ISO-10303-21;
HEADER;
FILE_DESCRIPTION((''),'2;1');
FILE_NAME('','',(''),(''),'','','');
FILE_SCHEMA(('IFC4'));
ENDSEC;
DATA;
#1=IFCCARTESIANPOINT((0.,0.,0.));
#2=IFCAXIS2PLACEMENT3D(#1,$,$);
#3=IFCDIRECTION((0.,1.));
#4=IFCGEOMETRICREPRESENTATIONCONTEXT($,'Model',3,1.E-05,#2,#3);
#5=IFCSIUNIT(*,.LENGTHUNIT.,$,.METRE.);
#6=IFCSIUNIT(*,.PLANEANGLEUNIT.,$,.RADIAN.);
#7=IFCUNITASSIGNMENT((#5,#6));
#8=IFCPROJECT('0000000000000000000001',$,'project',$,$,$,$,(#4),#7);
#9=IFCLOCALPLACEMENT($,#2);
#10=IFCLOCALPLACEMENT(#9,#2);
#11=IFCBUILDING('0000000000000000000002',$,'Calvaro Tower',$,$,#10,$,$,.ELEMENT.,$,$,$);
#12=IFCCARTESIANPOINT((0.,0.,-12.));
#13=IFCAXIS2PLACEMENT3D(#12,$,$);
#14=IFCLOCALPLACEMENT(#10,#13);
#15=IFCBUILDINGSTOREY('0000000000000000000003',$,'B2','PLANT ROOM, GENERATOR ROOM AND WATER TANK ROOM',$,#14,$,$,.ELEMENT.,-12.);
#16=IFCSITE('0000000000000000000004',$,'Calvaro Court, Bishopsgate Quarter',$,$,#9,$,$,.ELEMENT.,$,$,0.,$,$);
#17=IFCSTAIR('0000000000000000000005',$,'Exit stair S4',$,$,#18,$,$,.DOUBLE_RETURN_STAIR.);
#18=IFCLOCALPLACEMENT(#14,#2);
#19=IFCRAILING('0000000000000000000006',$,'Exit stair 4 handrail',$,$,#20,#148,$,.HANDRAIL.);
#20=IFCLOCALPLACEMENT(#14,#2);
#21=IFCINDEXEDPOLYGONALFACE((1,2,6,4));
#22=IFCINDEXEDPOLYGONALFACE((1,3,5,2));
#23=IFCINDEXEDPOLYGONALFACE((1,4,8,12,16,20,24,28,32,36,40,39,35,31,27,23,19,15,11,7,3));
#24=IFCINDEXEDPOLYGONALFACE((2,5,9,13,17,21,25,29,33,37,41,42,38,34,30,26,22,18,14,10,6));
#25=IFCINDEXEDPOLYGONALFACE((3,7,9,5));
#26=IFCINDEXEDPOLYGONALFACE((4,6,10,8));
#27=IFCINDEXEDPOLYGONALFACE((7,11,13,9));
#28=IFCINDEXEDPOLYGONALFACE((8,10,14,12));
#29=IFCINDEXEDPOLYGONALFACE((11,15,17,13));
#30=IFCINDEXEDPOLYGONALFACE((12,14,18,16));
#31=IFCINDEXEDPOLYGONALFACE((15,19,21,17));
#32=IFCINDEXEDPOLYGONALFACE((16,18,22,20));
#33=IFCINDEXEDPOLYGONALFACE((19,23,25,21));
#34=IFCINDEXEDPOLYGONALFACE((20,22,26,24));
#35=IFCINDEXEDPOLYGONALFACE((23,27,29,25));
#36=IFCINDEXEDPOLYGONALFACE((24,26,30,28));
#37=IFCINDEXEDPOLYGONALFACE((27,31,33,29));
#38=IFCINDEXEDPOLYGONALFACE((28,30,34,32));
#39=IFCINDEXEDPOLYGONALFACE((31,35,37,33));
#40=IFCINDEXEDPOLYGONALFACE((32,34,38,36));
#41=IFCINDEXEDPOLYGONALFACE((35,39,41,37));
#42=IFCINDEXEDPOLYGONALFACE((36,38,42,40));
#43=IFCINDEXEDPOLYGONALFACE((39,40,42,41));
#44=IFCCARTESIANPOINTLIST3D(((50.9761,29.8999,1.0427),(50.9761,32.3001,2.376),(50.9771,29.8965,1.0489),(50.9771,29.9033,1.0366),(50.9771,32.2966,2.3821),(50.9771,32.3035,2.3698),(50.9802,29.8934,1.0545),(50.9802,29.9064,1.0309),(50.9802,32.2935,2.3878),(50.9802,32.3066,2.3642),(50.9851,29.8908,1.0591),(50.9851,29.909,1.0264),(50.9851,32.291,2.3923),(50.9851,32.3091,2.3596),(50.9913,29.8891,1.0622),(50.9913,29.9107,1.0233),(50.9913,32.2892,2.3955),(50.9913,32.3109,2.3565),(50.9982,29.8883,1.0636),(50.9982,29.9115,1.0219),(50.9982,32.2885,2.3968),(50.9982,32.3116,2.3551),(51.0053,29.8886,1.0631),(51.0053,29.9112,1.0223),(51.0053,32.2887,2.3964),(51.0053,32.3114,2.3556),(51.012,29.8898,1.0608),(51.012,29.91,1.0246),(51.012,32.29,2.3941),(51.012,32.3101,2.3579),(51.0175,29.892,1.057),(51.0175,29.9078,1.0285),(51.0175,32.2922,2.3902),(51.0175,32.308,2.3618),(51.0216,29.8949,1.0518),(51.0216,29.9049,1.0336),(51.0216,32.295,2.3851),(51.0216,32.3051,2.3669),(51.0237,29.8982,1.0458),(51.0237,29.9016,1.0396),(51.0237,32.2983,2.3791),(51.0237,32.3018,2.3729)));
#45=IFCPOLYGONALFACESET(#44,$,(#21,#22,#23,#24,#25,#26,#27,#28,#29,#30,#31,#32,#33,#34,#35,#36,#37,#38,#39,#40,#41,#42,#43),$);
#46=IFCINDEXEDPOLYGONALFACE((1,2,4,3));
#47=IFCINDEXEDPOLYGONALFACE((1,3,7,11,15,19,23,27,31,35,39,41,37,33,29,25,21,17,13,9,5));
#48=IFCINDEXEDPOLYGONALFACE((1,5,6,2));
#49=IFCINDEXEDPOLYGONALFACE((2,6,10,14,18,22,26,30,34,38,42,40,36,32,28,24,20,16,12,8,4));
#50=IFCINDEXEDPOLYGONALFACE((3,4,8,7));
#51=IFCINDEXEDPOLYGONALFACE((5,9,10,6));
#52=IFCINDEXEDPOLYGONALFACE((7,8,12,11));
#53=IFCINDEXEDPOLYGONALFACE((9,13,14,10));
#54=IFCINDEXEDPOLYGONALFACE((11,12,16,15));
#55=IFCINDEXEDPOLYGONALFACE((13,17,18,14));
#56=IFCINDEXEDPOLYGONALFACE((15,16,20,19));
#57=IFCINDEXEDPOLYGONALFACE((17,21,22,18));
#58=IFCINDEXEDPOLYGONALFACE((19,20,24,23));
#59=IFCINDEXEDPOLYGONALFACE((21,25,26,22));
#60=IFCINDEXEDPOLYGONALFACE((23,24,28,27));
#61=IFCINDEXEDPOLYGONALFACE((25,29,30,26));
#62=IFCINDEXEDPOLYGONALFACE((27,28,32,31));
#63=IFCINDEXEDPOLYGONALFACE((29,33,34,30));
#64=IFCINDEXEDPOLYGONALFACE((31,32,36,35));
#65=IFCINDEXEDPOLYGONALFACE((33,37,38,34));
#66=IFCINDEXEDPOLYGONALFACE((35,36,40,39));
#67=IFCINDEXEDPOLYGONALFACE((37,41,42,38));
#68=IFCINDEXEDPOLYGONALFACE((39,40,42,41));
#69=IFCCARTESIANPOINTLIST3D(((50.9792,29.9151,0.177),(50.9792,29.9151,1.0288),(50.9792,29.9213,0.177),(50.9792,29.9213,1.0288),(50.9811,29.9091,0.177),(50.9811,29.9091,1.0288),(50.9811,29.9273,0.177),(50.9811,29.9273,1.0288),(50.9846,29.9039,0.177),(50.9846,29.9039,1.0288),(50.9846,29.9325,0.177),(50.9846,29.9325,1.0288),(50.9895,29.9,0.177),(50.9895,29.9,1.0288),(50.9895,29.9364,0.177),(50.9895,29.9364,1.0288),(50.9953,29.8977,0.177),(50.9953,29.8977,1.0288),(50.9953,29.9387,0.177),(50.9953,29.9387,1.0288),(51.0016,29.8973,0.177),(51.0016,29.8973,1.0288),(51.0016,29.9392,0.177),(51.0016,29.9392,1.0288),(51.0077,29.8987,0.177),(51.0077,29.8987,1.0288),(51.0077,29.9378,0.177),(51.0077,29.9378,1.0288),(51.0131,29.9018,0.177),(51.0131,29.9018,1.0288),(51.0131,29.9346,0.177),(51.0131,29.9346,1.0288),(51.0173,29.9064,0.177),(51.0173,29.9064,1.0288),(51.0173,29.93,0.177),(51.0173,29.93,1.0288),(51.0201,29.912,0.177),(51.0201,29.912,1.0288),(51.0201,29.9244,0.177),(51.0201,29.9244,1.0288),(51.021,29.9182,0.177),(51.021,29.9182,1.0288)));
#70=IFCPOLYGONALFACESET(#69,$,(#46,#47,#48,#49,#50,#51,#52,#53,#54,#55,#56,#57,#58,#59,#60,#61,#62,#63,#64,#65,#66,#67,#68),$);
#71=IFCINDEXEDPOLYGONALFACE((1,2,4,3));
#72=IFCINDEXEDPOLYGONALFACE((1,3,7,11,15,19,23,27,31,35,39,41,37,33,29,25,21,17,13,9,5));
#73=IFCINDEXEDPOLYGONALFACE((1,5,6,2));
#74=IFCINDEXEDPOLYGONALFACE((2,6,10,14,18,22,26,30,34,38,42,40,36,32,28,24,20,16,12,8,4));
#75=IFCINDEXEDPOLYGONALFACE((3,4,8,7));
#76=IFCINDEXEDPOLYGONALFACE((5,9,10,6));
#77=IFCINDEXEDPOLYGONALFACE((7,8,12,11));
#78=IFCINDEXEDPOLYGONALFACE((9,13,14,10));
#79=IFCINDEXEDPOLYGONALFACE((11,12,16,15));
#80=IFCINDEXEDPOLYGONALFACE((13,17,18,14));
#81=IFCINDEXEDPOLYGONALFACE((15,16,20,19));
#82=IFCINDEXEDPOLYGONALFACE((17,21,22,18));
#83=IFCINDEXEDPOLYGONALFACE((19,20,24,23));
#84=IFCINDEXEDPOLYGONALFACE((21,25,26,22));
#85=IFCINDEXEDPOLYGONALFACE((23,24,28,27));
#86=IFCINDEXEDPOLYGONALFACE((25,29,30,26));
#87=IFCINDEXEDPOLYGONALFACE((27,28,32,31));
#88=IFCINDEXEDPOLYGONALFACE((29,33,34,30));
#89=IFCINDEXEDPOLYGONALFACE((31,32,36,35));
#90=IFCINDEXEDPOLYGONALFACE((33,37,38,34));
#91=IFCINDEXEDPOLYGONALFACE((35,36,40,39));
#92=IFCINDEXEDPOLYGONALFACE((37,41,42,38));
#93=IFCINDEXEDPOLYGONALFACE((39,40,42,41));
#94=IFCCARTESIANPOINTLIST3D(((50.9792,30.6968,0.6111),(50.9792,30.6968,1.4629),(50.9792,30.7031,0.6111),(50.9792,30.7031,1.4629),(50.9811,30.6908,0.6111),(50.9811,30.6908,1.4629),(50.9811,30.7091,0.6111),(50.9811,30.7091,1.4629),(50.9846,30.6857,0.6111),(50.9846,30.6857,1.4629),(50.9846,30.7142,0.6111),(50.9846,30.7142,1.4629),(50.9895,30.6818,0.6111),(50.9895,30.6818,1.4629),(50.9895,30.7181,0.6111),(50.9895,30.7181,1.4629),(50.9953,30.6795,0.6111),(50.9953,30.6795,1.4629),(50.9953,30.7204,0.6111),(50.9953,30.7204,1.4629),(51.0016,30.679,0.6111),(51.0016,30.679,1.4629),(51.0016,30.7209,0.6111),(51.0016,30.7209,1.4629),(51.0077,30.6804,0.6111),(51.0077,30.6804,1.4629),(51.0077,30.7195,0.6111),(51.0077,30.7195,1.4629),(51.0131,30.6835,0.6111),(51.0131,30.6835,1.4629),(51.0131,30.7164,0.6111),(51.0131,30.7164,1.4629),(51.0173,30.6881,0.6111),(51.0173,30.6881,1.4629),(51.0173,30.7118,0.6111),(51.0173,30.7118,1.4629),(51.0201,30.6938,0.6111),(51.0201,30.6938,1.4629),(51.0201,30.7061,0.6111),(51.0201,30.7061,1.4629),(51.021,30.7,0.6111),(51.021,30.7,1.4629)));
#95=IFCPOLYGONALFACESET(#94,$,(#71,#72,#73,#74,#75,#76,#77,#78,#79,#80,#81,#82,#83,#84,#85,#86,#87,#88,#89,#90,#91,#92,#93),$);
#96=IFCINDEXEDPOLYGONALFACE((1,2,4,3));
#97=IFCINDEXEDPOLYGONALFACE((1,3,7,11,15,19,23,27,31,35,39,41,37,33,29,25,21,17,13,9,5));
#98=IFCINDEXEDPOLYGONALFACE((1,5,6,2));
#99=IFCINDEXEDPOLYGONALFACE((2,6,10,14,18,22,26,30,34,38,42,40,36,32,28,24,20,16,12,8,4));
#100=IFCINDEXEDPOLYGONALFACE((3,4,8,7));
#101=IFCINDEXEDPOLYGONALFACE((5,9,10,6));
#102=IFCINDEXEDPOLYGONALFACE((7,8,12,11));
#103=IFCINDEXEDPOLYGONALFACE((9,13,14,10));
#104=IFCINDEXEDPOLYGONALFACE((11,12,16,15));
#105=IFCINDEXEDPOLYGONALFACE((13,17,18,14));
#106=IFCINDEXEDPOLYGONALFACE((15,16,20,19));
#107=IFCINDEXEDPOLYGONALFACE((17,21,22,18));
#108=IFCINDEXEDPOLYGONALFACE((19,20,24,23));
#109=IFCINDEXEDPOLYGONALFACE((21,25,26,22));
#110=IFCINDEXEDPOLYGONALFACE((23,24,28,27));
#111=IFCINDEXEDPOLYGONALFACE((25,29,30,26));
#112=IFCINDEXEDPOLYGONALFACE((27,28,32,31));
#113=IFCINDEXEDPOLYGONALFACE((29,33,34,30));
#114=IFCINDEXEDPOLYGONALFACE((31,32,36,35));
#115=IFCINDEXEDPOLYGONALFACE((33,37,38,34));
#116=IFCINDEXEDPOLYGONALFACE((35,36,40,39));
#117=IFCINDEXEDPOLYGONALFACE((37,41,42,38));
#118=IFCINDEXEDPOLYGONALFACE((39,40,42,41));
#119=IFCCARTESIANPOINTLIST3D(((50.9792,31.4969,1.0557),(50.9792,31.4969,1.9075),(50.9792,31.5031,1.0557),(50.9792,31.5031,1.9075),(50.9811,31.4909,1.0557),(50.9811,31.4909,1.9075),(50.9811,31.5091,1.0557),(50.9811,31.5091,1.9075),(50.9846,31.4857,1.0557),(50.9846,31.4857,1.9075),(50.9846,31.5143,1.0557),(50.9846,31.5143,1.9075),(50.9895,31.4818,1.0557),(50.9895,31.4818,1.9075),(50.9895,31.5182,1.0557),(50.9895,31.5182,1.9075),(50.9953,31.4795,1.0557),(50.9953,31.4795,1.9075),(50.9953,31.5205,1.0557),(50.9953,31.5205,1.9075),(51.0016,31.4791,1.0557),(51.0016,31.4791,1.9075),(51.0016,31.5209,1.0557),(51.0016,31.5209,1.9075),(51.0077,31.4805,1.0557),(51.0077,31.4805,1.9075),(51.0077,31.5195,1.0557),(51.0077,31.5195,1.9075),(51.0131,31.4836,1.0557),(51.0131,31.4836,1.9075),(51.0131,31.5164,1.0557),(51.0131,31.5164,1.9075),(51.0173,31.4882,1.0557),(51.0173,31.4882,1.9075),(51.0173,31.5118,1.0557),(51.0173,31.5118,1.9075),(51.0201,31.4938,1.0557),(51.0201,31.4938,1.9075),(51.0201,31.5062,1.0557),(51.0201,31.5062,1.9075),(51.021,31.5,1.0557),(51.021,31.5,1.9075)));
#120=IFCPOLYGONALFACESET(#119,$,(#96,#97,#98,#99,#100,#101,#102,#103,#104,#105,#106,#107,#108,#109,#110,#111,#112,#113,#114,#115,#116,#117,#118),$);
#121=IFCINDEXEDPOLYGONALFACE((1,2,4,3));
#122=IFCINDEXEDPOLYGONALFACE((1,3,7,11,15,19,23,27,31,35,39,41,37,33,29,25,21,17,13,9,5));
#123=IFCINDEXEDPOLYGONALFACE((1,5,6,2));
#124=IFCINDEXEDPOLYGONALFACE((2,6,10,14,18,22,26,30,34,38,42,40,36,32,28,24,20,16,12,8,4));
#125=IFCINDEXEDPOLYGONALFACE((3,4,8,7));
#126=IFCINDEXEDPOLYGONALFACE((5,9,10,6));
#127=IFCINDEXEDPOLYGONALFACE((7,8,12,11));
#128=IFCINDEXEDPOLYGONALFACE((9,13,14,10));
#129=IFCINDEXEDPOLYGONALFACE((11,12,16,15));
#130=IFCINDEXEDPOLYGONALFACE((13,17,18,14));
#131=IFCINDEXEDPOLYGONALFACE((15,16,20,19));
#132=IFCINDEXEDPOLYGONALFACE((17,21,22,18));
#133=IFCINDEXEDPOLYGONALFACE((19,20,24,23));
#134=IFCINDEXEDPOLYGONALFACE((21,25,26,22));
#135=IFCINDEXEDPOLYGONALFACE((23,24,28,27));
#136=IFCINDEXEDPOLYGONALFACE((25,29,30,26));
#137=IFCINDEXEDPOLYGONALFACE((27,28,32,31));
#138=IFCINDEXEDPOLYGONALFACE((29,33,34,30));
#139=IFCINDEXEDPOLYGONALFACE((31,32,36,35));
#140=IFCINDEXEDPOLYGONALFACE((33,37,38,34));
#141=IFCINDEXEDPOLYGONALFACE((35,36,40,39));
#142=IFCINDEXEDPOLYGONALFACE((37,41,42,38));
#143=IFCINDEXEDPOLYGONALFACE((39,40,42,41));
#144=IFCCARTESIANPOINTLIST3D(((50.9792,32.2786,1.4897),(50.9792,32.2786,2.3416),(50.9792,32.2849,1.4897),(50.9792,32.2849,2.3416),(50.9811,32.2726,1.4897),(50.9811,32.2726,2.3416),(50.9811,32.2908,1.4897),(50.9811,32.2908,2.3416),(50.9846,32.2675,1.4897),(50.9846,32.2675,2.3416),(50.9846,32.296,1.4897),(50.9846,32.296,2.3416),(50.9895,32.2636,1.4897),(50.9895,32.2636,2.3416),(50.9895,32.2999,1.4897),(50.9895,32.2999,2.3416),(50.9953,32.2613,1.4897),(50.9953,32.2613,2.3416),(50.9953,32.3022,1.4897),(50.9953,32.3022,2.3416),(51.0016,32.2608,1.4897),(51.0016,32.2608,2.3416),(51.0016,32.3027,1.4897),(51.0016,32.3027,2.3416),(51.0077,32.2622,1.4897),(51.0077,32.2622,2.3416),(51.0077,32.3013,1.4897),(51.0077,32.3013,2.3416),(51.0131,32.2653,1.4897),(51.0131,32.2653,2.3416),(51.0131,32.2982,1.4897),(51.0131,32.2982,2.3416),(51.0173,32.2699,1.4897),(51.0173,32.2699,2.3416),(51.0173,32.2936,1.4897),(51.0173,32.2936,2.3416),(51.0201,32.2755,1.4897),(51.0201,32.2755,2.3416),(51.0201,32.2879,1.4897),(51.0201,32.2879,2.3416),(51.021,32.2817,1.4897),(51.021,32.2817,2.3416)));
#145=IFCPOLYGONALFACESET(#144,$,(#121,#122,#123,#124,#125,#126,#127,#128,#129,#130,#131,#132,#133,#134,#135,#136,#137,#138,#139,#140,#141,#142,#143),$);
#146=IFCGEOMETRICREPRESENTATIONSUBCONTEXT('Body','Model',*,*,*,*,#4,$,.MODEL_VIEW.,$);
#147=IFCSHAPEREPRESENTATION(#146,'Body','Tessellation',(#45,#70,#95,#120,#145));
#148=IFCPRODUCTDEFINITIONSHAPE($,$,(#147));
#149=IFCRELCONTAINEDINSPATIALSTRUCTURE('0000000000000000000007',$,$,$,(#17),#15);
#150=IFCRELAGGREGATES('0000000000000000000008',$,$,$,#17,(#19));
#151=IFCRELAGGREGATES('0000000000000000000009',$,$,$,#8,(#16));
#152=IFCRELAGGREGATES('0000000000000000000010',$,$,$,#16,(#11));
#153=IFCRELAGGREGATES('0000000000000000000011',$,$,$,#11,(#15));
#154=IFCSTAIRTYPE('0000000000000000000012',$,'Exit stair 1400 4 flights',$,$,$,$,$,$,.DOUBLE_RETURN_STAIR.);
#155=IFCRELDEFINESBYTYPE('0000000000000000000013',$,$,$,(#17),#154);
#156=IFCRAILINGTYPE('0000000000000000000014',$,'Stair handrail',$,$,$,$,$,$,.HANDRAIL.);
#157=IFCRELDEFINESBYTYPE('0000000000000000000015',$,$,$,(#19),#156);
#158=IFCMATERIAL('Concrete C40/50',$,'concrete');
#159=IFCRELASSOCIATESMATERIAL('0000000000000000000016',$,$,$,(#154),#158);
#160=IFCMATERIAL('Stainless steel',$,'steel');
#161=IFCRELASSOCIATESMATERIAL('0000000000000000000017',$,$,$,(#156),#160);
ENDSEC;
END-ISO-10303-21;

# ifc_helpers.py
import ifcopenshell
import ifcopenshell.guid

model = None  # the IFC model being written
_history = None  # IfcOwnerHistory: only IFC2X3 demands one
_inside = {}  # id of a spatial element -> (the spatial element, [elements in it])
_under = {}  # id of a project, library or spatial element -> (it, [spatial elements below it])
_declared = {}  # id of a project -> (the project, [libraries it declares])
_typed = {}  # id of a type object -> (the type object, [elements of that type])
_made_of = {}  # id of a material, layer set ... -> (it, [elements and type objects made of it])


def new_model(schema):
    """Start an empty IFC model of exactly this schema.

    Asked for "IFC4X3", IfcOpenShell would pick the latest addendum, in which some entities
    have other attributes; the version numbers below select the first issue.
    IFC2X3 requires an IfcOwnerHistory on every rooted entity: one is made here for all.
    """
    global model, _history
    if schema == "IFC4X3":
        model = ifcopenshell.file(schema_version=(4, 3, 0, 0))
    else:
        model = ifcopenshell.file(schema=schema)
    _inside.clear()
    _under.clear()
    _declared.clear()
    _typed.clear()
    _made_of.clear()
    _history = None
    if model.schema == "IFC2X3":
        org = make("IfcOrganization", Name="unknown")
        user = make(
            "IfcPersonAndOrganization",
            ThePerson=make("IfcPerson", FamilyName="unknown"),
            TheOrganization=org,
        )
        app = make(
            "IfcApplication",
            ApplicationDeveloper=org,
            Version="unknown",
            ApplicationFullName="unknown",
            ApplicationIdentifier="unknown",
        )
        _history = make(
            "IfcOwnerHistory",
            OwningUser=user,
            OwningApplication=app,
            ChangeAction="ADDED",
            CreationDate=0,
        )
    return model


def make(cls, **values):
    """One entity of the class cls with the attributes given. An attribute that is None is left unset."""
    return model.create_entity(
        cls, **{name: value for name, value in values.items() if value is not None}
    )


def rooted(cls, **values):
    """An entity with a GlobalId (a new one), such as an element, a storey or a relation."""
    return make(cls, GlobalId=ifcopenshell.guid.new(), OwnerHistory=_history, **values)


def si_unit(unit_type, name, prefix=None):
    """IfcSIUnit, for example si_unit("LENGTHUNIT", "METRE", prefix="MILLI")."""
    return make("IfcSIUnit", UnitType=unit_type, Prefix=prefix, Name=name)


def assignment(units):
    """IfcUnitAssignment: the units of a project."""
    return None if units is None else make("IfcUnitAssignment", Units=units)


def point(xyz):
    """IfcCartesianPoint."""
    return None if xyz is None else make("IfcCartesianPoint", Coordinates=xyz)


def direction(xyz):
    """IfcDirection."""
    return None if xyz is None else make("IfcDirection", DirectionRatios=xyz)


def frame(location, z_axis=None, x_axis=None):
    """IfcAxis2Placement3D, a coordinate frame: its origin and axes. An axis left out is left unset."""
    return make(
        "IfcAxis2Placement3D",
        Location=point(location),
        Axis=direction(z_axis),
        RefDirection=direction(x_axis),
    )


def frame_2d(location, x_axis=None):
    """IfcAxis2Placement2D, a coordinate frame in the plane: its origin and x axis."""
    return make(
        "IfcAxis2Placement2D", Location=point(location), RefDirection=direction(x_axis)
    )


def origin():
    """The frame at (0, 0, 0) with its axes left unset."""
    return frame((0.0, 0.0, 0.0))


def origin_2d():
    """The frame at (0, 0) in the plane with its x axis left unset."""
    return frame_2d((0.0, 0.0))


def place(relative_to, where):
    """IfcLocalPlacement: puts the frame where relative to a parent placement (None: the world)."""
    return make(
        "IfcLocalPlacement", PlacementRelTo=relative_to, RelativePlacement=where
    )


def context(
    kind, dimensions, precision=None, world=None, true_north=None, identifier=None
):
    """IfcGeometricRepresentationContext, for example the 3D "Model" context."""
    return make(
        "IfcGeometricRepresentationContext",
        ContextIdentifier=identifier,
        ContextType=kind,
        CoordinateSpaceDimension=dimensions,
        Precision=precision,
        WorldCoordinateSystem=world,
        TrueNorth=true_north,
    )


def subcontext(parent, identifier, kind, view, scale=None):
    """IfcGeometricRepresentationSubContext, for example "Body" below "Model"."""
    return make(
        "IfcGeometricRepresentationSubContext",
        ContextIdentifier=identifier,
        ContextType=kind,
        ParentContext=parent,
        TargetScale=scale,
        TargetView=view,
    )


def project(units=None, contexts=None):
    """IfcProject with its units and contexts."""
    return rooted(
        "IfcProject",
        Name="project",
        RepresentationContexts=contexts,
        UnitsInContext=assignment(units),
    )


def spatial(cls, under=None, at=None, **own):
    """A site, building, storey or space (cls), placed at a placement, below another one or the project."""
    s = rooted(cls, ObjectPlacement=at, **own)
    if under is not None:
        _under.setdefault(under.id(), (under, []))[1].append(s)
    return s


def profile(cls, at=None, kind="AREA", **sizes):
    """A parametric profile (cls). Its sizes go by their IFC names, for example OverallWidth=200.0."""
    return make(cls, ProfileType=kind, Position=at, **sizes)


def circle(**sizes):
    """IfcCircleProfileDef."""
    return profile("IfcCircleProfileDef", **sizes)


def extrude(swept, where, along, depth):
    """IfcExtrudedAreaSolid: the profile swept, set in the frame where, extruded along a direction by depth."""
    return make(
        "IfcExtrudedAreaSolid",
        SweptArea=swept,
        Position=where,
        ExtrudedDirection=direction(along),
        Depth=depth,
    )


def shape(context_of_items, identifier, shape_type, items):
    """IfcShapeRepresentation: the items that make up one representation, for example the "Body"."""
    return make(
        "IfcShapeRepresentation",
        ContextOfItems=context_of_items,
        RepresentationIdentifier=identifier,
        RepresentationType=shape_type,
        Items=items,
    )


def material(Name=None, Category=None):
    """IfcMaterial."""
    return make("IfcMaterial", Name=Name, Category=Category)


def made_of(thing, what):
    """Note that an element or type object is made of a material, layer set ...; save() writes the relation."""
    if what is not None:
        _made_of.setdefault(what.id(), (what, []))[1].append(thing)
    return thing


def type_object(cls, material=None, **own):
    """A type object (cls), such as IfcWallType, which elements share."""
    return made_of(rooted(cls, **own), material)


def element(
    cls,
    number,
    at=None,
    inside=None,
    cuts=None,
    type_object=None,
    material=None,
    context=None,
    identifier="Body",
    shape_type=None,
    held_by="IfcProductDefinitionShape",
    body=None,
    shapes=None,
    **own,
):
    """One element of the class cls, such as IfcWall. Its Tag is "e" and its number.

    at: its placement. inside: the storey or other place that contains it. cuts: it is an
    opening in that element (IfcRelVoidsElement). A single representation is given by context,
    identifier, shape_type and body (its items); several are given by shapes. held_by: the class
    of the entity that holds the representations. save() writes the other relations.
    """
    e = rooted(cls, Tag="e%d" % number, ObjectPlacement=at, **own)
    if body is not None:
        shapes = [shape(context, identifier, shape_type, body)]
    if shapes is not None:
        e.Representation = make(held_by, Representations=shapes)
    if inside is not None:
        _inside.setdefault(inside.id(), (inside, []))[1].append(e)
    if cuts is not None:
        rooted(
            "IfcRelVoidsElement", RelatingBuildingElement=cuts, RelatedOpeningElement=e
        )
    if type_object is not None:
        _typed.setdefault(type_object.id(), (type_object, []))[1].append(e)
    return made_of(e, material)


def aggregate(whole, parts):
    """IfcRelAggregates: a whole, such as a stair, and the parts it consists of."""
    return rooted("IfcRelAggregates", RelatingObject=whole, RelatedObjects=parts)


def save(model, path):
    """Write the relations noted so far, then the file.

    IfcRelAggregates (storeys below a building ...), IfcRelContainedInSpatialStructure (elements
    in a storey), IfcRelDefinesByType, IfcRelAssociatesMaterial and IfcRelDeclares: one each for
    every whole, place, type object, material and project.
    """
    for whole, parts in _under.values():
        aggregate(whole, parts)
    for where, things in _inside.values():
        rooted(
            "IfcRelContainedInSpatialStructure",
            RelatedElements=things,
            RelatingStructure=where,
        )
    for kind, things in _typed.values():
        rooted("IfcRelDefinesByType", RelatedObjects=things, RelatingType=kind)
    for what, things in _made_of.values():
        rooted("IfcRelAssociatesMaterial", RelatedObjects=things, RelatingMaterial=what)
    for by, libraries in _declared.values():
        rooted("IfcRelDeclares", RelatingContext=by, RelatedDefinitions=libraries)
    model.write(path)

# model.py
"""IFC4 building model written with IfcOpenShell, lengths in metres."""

from ifc_helpers import new_model, si_unit, direction, frame, origin, origin_2d, place, context, subcontext, project, spatial, circle, extrude, material, type_object, element, aggregate, save


model = new_model("IFC4")

# Units and contexts
model_context = context("Model", 3, precision=1e-05, world=origin(), true_north=direction((0.0, 1.0)))
body_context = subcontext(model_context, "Body", "Model", "MODEL_VIEW")
ifc_project = project(units=[si_unit("LENGTHUNIT", "METRE"), si_unit("PLANEANGLEUNIT", "RADIAN")], contexts=[model_context])

# Site, building, storey
site_placement = place(None, origin())
site = spatial("IfcSite", under=ifc_project, at=site_placement, Name="Calvaro Court, Bishopsgate Quarter", CompositionType="ELEMENT", RefElevation=0.0)
building_placement = place(site_placement, origin())
building = spatial("IfcBuilding", under=site, at=building_placement, Name="Calvaro Tower", CompositionType="ELEMENT")
storey_placement = place(building_placement, frame((0.0, 0.0, -12.0)))
storey = spatial("IfcBuildingStorey", under=building, at=storey_placement, Name="B2", Description="PLANT ROOM, GENERATOR ROOM AND WATER TANK ROOM", CompositionType="ELEMENT", Elevation=-12.0)

# Shared definitions
ifc_material_1 = material(Name="Concrete C40/50", Category="concrete")
stair_type = type_object("IfcStairType", Name="Exit stair 1400 4 flights", PredefinedType="DOUBLE_RETURN_STAIR", material=ifc_material_1)
ifc_material_2 = material(Name="Stainless steel", Category="steel")
railing_type = type_object("IfcRailingType", Name="Stair handrail", PredefinedType="HANDRAIL", material=ifc_material_2)

# Stair, railing
stair_1_placement = place(storey_placement, origin())
stair_1 = element("IfcStair", 1, at=stair_1_placement, inside=storey, type_object=stair_type, Name="Exit stair S4", PredefinedType="DOUBLE_RETURN_STAIR")
railing_1_placement = place(storey_placement, frame((51.0, 29.8999, 0.1667)))
railing_1 = element("IfcRailing", 2, at=railing_1_placement, type_object=railing_type, Name="Exit stair 4 handrail", PredefinedType="HANDRAIL", context=body_context, shape_type="SweptSolid", body=[
    extrude(circle(Radius=0.0239, at=origin_2d()), frame((0.0, 0.0, 0.876), z_axis=(0.0, 0.874182, 0.485598), x_axis=(-1.0, 0.0, 0.0)), (0.0, 0.0, 1.0), 2.7456),
    extrude(circle(Radius=0.021, at=origin_2d()), frame((0.0, 0.0183, 0.0103)), (0.0, 0.0, 1.0), 0.8518),
    extrude(circle(Radius=0.021, at=origin_2d()), frame((0.0, 0.8, 0.4443)), (0.0, 0.0, 1.0), 0.8518),
    extrude(circle(Radius=0.021, at=origin_2d()), frame((0.0, 1.6001, 0.8889)), (0.0, 0.0, 1.0), 0.8518),
    extrude(circle(Radius=0.021, at=origin_2d()), frame((0.0, 2.3818, 1.323)), (0.0, 0.0, 1.0), 0.8518),
])
aggregate(stair_1, [railing_1])

save(model, "model.ifc")
